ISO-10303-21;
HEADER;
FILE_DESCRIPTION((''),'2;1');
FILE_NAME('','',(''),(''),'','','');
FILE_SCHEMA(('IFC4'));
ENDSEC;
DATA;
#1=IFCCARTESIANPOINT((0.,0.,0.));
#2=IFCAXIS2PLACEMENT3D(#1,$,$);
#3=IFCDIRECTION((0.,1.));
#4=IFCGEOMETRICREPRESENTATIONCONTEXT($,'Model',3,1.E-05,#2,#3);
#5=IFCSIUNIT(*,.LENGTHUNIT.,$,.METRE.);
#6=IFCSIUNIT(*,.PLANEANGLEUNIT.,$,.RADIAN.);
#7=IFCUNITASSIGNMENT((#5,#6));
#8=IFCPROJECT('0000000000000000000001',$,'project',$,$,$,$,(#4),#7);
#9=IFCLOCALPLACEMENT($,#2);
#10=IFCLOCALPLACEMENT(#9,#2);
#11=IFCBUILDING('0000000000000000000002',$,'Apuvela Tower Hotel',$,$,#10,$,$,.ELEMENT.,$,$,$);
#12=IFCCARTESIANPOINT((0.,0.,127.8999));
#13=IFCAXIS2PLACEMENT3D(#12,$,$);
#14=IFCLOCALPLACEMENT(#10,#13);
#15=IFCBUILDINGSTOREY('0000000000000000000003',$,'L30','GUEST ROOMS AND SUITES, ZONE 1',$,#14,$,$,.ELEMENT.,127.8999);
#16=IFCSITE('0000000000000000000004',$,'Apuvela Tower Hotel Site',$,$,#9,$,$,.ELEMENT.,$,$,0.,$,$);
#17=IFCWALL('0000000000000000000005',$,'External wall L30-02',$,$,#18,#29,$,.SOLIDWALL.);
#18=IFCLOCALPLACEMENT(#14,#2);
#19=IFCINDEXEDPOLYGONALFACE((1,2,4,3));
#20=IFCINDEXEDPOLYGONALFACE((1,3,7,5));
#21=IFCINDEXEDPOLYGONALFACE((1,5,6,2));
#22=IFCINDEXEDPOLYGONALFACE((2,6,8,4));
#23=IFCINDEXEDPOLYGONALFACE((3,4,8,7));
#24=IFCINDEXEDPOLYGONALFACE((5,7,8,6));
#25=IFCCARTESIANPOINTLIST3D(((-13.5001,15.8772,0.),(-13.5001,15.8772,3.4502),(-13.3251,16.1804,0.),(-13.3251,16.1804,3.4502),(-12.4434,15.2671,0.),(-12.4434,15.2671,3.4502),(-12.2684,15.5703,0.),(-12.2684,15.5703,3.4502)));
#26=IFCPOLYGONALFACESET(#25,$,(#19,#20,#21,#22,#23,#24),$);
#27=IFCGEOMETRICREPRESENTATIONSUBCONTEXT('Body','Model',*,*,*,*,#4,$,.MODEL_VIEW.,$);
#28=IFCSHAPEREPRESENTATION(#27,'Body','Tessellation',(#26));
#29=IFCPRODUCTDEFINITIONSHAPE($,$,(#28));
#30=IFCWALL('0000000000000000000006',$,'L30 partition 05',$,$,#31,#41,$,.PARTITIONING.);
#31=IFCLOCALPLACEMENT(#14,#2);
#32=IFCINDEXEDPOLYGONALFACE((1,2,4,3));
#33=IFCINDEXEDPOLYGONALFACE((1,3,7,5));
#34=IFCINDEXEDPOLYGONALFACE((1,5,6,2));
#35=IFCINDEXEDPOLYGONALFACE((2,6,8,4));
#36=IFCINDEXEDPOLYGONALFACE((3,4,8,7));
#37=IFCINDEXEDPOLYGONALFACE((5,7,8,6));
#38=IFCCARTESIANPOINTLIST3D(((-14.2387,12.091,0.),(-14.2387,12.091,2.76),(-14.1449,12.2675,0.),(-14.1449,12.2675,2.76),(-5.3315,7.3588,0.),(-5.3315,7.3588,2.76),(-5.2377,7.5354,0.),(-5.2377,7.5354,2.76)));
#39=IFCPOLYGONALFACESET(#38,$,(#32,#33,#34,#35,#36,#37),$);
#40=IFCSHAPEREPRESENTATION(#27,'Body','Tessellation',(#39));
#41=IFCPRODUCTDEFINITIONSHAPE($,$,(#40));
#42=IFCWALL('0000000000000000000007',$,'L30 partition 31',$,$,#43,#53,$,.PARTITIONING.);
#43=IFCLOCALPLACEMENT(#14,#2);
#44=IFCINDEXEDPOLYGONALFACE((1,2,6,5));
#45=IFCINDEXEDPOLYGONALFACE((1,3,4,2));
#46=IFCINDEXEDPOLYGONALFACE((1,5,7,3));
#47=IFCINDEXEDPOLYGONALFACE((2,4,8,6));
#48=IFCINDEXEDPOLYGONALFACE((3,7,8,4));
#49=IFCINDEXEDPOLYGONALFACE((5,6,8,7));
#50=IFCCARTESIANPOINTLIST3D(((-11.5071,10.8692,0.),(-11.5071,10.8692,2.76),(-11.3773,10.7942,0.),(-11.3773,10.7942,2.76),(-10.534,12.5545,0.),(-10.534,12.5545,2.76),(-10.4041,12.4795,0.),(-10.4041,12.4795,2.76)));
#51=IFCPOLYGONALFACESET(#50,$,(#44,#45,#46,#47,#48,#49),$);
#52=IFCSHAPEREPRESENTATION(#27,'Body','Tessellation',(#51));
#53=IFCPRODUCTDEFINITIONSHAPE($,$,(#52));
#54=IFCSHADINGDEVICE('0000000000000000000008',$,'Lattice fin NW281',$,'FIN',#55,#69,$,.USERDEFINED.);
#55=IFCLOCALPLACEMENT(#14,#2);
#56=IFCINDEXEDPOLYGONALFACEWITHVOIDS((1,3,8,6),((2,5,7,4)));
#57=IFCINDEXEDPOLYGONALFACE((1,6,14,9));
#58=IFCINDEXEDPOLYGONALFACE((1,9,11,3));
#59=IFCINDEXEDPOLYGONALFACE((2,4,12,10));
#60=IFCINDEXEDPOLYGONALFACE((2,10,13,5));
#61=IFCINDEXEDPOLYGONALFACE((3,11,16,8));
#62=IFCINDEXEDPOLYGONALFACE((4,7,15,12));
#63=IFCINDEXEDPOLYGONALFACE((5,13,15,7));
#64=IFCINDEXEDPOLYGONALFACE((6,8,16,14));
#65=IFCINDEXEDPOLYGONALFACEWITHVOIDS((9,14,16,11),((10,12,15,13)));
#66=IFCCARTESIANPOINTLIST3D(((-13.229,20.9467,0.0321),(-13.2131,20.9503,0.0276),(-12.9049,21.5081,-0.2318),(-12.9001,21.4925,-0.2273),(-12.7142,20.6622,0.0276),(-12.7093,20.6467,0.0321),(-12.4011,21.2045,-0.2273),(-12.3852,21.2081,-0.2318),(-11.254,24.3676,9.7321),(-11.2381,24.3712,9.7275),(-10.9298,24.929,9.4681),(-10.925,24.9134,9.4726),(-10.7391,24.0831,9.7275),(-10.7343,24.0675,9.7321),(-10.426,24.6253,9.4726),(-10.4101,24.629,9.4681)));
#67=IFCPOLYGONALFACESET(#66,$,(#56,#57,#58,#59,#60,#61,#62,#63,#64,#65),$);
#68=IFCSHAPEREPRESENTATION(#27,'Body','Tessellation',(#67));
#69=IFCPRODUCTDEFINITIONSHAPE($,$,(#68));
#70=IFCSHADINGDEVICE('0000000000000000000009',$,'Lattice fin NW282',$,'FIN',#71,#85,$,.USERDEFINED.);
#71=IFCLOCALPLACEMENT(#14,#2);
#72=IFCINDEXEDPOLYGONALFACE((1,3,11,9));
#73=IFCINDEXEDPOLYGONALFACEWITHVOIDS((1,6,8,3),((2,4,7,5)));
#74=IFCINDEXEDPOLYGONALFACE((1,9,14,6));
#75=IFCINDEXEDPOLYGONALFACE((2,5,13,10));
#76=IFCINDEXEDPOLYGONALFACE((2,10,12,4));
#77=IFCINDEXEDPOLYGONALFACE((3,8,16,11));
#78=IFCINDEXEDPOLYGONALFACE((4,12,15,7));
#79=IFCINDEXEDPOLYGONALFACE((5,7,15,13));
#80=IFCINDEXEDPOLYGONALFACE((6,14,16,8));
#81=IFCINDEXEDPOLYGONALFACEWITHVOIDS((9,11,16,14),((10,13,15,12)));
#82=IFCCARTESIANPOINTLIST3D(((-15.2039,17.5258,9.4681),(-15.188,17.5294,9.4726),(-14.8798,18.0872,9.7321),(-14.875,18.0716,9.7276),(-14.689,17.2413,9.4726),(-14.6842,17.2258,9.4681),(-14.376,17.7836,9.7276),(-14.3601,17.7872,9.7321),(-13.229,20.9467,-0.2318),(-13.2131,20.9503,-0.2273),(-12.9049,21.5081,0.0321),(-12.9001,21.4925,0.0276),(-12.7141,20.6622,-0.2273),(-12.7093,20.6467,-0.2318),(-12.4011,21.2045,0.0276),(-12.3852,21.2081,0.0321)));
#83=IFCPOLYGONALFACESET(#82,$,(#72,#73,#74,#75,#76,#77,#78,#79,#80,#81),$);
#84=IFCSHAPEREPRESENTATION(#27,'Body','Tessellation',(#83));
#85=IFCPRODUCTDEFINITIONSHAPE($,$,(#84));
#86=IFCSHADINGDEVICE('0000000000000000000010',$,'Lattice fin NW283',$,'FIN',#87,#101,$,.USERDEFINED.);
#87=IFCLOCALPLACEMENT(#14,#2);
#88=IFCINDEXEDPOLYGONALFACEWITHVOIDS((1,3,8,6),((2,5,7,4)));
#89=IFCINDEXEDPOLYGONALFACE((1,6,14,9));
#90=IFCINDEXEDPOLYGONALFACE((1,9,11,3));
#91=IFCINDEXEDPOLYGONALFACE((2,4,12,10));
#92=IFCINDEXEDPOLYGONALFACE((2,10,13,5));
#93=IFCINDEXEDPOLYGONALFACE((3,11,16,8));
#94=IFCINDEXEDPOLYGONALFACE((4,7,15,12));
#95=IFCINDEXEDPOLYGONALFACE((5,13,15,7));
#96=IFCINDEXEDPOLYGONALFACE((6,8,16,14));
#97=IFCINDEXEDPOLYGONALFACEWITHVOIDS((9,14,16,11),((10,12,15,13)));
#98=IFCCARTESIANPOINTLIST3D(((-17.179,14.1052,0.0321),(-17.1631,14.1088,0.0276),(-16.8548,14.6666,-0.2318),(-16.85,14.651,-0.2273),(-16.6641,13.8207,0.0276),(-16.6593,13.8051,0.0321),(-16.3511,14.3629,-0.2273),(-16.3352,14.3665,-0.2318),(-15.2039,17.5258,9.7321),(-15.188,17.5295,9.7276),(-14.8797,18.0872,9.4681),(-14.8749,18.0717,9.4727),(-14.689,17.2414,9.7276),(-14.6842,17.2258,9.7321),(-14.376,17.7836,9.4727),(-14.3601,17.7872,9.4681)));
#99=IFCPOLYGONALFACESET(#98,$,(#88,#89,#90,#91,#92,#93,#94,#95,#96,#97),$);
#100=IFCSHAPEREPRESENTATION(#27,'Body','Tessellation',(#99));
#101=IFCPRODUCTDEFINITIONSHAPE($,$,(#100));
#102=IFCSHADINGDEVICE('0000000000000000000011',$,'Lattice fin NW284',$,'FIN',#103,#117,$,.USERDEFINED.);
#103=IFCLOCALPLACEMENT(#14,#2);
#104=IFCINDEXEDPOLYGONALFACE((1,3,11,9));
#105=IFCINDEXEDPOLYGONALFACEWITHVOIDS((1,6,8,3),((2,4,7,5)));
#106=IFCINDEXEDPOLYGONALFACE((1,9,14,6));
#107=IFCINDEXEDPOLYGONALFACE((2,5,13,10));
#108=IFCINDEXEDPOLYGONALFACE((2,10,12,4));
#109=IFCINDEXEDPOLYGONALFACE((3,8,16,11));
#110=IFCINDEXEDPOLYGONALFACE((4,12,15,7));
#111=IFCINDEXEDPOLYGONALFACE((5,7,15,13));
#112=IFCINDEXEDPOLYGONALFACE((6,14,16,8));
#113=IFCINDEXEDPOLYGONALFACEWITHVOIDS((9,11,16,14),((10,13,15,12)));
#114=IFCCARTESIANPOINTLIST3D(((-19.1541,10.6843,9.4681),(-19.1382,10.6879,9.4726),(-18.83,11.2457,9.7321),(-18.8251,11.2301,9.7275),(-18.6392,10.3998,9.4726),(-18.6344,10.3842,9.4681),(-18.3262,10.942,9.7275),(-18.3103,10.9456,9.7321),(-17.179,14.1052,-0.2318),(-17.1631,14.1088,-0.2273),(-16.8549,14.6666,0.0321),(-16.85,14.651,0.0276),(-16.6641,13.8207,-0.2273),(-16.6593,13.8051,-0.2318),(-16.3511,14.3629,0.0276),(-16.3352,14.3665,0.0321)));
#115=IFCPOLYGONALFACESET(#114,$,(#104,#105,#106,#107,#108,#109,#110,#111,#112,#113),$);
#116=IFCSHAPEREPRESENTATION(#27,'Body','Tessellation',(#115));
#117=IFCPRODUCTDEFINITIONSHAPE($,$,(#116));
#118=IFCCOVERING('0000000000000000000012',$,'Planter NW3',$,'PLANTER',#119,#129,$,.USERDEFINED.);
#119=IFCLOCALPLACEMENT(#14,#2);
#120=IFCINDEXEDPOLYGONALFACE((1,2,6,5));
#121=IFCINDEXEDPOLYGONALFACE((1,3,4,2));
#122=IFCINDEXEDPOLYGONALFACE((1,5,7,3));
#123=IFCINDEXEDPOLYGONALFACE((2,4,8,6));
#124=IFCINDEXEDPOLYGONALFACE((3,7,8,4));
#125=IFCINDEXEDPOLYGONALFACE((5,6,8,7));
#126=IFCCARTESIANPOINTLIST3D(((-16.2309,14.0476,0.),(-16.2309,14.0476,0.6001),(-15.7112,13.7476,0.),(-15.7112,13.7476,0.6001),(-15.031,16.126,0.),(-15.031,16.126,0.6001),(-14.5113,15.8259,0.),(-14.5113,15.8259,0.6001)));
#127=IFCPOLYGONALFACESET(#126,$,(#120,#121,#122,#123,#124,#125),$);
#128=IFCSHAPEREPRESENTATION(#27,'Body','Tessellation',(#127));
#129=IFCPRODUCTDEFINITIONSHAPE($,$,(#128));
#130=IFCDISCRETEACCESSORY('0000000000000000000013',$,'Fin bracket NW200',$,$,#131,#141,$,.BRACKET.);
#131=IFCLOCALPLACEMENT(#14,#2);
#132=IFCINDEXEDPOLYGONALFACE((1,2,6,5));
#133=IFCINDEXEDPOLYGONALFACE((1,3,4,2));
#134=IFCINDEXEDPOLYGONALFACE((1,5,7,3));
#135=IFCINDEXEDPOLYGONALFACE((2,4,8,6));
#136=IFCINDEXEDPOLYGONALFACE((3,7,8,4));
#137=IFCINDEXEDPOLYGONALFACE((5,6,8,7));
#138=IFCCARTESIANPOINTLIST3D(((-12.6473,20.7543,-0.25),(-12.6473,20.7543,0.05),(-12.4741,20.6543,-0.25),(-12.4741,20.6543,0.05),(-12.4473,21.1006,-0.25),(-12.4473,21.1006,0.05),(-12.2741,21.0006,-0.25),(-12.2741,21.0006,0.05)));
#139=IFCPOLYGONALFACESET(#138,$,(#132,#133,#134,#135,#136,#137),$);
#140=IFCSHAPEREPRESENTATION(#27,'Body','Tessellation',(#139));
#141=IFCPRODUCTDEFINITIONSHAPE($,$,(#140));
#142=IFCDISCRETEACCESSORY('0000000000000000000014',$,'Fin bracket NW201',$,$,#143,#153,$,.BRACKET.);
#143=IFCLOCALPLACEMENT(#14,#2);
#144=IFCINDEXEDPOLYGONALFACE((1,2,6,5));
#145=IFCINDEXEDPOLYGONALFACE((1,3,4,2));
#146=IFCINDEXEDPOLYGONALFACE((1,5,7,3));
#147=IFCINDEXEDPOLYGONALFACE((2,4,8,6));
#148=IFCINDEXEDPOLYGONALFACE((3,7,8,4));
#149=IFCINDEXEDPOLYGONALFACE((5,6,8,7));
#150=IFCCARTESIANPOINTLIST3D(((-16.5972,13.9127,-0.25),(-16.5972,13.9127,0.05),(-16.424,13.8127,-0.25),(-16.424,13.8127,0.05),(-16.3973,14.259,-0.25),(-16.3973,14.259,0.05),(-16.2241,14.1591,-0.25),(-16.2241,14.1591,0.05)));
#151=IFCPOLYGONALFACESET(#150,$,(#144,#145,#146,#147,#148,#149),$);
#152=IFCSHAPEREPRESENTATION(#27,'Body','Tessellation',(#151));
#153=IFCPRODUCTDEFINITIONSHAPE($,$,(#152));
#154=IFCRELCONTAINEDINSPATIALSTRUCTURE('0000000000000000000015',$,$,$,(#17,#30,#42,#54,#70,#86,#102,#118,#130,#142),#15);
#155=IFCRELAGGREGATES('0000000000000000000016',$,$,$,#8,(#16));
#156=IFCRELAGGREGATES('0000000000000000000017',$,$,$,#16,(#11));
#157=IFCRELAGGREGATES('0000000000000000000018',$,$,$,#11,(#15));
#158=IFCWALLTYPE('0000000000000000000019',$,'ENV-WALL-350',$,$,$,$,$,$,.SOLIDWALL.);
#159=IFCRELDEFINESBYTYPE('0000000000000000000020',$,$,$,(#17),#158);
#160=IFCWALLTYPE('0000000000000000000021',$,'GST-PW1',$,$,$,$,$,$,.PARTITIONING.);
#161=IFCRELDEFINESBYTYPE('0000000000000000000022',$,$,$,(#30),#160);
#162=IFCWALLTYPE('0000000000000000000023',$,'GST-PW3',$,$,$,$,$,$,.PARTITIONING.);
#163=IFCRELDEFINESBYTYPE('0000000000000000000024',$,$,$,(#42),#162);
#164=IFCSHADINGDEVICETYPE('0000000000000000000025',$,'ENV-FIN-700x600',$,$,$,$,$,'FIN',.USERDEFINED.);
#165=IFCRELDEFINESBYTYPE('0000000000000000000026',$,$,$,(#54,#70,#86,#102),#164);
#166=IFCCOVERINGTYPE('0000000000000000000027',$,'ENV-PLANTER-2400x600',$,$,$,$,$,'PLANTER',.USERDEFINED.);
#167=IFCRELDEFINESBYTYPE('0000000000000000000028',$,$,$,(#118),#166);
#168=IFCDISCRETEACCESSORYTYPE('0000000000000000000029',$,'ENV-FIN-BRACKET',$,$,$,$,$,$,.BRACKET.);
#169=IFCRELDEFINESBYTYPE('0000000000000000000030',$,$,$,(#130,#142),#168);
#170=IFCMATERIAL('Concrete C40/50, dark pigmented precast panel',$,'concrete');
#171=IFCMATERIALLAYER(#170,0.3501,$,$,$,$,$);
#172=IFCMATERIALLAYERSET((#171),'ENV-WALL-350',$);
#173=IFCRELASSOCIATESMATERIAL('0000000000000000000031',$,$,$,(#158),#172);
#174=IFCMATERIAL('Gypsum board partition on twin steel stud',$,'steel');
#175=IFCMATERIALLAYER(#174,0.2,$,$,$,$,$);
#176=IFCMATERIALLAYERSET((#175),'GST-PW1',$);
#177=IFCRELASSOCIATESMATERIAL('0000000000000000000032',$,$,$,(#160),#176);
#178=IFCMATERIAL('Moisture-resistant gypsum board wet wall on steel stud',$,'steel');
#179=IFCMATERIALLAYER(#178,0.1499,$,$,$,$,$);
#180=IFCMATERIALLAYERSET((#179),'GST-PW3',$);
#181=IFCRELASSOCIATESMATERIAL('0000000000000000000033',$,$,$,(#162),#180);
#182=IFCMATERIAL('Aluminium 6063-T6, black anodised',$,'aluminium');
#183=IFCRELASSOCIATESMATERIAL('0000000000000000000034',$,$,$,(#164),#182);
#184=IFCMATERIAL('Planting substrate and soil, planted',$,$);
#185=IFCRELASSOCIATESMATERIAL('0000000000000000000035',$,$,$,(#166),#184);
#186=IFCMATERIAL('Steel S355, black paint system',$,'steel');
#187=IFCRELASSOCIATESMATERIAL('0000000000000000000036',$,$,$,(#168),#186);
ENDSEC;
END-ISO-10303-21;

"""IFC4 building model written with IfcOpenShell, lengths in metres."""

from ifc_helpers import new_model, si_unit, direction, frame, frame_2d, origin, origin_2d, place, context, subcontext, project, spatial, rectangle, hollow_rectangle, extrude, material, layer, layer_set, material_profile, profile_set, type_object, element, save


model = new_model("IFC4")

# Units and contexts
model_context = context("Model", 3, precision=1e-05, world=origin(), true_north=direction((0.0, 1.0)))
body_context = subcontext(model_context, "Body", "Model", "MODEL_VIEW")
ifc_project = project(units=[si_unit("LENGTHUNIT", "METRE"), si_unit("PLANEANGLEUNIT", "RADIAN")], contexts=[model_context])

# Site, building, storey
site_placement = place(None, origin())
site = spatial("IfcSite", under=ifc_project, at=site_placement, Name="Apuvela Tower Hotel Site", CompositionType="ELEMENT", RefElevation=0.0)
building_placement = place(site_placement, origin())
building = spatial("IfcBuilding", under=site, at=building_placement, Name="Apuvela Tower Hotel", CompositionType="ELEMENT")
storey_placement = place(building_placement, frame((0.0, 0.0, 127.8999)))
storey = spatial("IfcBuildingStorey", under=building, at=storey_placement, Name="L30", Description="GUEST ROOMS AND SUITES, ZONE 1", CompositionType="ELEMENT", Elevation=127.8999)

# Wall
ifc_material_1 = material(Name="Concrete C40/50, dark pigmented precast panel", Category="concrete")
ifc_layer_1 = layer(ifc_material_1, 0.3501)
ifc_layer_set_1 = layer_set([ifc_layer_1], Name="ENV-WALL-350")
wall_type_1 = type_object("IfcWallType", Name="ENV-WALL-350", PredefinedType="SOLIDWALL", material=ifc_layer_set_1)
wall_1_placement = place(storey_placement, frame((-13.4126, 16.0288, 0.0), z_axis=(0.0, 0.0, 1.0), x_axis=(0.866006, -0.500034, 0.0)))
element("IfcWall", 1, at=wall_1_placement, inside=storey, type_object=wall_type_1, Name="External wall L30-02", PredefinedType="SOLIDWALL", context=body_context, shape_type="SweptSolid", body=[
    extrude(rectangle(XDim=1.2202, YDim=0.3501, at=frame_2d((0.6101, 0.0))), origin(), (0.0, 0.0, 1.0), 3.4502),
])

# Walls
ifc_material_2 = material(Name="Gypsum board partition on twin steel stud", Category="steel")
ifc_layer_2 = layer(ifc_material_2, 0.2)
ifc_layer_set_2 = layer_set([ifc_layer_2], Name="GST-PW1")
wall_type_2 = type_object("IfcWallType", Name="GST-PW1", PredefinedType="PARTITIONING", material=ifc_layer_set_2)
wall_2_placement = place(storey_placement, frame((-14.1917, 12.1792, 0.0), z_axis=(0.0, 0.0, 1.0), x_axis=(0.883107, -0.469172, 0.0)))
element("IfcWall", 2, at=wall_2_placement, inside=storey, type_object=wall_type_2, Name="L30 partition 05", PredefinedType="PARTITIONING", context=body_context, shape_type="SweptSolid", body=[
    extrude(rectangle(XDim=10.0862, YDim=0.2, at=frame_2d((5.043, 0.0))), origin(), (0.0, 0.0, 1.0), 2.76),
])
ifc_material_3 = material(Name="Moisture-resistant gypsum board wet wall on steel stud", Category="steel")
ifc_layer_3 = layer(ifc_material_3, 0.1499)
ifc_layer_set_3 = layer_set([ifc_layer_3], Name="GST-PW3")
wall_type_3 = type_object("IfcWallType", Name="GST-PW3", PredefinedType="PARTITIONING", material=ifc_layer_set_3)
wall_3_placement = place(storey_placement, frame((-10.469, 12.5171, 0.0), z_axis=(0.0, 0.0, 1.0), x_axis=(-0.500052, -0.865995, 0.0)))
element("IfcWall", 3, at=wall_3_placement, inside=storey, type_object=wall_type_3, Name="L30 partition 31", PredefinedType="PARTITIONING", context=body_context, shape_type="SweptSolid", body=[
    extrude(rectangle(XDim=1.946, YDim=0.1499, at=frame_2d((0.9731, 0.0))), origin(), (0.0, 0.0, 1.0), 2.76),
])

# Shading devices
ifc_material_4 = material(Name="Aluminium 6063-T6, black anodised", Category="aluminium")
ifc_material_profile_1 = material_profile(ifc_material_4, hollow_rectangle(XDim=0.6001, YDim=0.7, WallThickness=0.012, at=origin_2d()), Name="AL BOX 700x600x12")
ifc_profile_set_1 = profile_set([ifc_material_profile_1], Name="Aluminium 6063-T6, black anodised")
shading_device_type = type_object("IfcShadingDeviceType", Name="ENV-FIN-700x600", ElementType="FIN", PredefinedType="USERDEFINED", material=ifc_profile_set_1)
for number, where, z_axis, x_axis, name in (
    (4, (-12.8071, 21.0774, -0.0999), (0.188582, 0.326627, 0.926149), (-0.866021, 0.500008, 0.0), "Lattice fin NW281"),
    (5, (-12.8071, 21.0774, -0.0999), (-0.188559, -0.326628, 0.926153), (0.866048, -0.499961, 0.0), "Lattice fin NW282"),
    (6, (-16.7571, 14.2358, -0.0999), (0.188583, 0.326606, 0.926156), (-0.866005, 0.500035, 0.0), "Lattice fin NW283"),
    (7, (-16.7571, 14.2358, -0.0999), (-0.188582, -0.326627, 0.926149), (0.866021, -0.500008, 0.0), "Lattice fin NW284"),
):
    element("IfcShadingDevice", number, at=place(storey_placement, frame(where, z_axis=z_axis, x_axis=x_axis)), inside=storey, type_object=shading_device_type, Name=name, ObjectType="FIN", PredefinedType="USERDEFINED", context=body_context, shape_type="SweptSolid", body=[
        extrude(hollow_rectangle(XDim=0.6001, YDim=0.7, WallThickness=0.012, at=origin_2d()), origin(), (0.0, 0.0, 1.0), 10.4734),
    ])

# Covering
ifc_material_5 = material(Name="Planting substrate and soil, planted")
covering_type = type_object("IfcCoveringType", Name="ENV-PLANTER-2400x600", ElementType="PLANTER", PredefinedType="USERDEFINED", material=ifc_material_5)
covering_placement = place(storey_placement, frame((-15.3711, 14.9368, 0.0), z_axis=(0.0, 0.0, 1.0), x_axis=(-0.5, -0.866025, 0.0)))
element("IfcCovering", 8, at=covering_placement, inside=storey, type_object=covering_type, Name="Planter NW3", ObjectType="PLANTER", PredefinedType="USERDEFINED", context=body_context, shape_type="SweptSolid", body=[
    extrude(rectangle(XDim=2.3999, YDim=0.6001, at=origin_2d()), origin(), (0.0, 0.0, 1.0), 0.6001),
])

# Discrete accessories
ifc_material_6 = material(Name="Steel S355, black paint system", Category="steel")
discrete_accessory_type = type_object("IfcDiscreteAccessoryType", Name="ENV-FIN-BRACKET", PredefinedType="BRACKET", material=ifc_material_6)
for number, where, z_axis, x_axis, name in (
    (9, (-12.4607, 20.8774, -0.25), (0.0, 0.0, 1.0), (-0.5, -0.866025, 0.0), "Fin bracket NW200"),
    (10, (-16.4106, 14.0359, -0.25), (0.0, 0.0, 1.0), (-0.5, -0.866025, 0.0), "Fin bracket NW201"),
):
    element("IfcDiscreteAccessory", number, at=place(storey_placement, frame(where, z_axis=z_axis, x_axis=x_axis)), inside=storey, type_object=discrete_accessory_type, Name=name, PredefinedType="BRACKET", context=body_context, shape_type="SweptSolid", body=[
        extrude(rectangle(XDim=0.3999, YDim=0.2, at=origin_2d()), origin(), (0.0, 0.0, 1.0), 0.3),
    ])

save(model, "model.ifc")
